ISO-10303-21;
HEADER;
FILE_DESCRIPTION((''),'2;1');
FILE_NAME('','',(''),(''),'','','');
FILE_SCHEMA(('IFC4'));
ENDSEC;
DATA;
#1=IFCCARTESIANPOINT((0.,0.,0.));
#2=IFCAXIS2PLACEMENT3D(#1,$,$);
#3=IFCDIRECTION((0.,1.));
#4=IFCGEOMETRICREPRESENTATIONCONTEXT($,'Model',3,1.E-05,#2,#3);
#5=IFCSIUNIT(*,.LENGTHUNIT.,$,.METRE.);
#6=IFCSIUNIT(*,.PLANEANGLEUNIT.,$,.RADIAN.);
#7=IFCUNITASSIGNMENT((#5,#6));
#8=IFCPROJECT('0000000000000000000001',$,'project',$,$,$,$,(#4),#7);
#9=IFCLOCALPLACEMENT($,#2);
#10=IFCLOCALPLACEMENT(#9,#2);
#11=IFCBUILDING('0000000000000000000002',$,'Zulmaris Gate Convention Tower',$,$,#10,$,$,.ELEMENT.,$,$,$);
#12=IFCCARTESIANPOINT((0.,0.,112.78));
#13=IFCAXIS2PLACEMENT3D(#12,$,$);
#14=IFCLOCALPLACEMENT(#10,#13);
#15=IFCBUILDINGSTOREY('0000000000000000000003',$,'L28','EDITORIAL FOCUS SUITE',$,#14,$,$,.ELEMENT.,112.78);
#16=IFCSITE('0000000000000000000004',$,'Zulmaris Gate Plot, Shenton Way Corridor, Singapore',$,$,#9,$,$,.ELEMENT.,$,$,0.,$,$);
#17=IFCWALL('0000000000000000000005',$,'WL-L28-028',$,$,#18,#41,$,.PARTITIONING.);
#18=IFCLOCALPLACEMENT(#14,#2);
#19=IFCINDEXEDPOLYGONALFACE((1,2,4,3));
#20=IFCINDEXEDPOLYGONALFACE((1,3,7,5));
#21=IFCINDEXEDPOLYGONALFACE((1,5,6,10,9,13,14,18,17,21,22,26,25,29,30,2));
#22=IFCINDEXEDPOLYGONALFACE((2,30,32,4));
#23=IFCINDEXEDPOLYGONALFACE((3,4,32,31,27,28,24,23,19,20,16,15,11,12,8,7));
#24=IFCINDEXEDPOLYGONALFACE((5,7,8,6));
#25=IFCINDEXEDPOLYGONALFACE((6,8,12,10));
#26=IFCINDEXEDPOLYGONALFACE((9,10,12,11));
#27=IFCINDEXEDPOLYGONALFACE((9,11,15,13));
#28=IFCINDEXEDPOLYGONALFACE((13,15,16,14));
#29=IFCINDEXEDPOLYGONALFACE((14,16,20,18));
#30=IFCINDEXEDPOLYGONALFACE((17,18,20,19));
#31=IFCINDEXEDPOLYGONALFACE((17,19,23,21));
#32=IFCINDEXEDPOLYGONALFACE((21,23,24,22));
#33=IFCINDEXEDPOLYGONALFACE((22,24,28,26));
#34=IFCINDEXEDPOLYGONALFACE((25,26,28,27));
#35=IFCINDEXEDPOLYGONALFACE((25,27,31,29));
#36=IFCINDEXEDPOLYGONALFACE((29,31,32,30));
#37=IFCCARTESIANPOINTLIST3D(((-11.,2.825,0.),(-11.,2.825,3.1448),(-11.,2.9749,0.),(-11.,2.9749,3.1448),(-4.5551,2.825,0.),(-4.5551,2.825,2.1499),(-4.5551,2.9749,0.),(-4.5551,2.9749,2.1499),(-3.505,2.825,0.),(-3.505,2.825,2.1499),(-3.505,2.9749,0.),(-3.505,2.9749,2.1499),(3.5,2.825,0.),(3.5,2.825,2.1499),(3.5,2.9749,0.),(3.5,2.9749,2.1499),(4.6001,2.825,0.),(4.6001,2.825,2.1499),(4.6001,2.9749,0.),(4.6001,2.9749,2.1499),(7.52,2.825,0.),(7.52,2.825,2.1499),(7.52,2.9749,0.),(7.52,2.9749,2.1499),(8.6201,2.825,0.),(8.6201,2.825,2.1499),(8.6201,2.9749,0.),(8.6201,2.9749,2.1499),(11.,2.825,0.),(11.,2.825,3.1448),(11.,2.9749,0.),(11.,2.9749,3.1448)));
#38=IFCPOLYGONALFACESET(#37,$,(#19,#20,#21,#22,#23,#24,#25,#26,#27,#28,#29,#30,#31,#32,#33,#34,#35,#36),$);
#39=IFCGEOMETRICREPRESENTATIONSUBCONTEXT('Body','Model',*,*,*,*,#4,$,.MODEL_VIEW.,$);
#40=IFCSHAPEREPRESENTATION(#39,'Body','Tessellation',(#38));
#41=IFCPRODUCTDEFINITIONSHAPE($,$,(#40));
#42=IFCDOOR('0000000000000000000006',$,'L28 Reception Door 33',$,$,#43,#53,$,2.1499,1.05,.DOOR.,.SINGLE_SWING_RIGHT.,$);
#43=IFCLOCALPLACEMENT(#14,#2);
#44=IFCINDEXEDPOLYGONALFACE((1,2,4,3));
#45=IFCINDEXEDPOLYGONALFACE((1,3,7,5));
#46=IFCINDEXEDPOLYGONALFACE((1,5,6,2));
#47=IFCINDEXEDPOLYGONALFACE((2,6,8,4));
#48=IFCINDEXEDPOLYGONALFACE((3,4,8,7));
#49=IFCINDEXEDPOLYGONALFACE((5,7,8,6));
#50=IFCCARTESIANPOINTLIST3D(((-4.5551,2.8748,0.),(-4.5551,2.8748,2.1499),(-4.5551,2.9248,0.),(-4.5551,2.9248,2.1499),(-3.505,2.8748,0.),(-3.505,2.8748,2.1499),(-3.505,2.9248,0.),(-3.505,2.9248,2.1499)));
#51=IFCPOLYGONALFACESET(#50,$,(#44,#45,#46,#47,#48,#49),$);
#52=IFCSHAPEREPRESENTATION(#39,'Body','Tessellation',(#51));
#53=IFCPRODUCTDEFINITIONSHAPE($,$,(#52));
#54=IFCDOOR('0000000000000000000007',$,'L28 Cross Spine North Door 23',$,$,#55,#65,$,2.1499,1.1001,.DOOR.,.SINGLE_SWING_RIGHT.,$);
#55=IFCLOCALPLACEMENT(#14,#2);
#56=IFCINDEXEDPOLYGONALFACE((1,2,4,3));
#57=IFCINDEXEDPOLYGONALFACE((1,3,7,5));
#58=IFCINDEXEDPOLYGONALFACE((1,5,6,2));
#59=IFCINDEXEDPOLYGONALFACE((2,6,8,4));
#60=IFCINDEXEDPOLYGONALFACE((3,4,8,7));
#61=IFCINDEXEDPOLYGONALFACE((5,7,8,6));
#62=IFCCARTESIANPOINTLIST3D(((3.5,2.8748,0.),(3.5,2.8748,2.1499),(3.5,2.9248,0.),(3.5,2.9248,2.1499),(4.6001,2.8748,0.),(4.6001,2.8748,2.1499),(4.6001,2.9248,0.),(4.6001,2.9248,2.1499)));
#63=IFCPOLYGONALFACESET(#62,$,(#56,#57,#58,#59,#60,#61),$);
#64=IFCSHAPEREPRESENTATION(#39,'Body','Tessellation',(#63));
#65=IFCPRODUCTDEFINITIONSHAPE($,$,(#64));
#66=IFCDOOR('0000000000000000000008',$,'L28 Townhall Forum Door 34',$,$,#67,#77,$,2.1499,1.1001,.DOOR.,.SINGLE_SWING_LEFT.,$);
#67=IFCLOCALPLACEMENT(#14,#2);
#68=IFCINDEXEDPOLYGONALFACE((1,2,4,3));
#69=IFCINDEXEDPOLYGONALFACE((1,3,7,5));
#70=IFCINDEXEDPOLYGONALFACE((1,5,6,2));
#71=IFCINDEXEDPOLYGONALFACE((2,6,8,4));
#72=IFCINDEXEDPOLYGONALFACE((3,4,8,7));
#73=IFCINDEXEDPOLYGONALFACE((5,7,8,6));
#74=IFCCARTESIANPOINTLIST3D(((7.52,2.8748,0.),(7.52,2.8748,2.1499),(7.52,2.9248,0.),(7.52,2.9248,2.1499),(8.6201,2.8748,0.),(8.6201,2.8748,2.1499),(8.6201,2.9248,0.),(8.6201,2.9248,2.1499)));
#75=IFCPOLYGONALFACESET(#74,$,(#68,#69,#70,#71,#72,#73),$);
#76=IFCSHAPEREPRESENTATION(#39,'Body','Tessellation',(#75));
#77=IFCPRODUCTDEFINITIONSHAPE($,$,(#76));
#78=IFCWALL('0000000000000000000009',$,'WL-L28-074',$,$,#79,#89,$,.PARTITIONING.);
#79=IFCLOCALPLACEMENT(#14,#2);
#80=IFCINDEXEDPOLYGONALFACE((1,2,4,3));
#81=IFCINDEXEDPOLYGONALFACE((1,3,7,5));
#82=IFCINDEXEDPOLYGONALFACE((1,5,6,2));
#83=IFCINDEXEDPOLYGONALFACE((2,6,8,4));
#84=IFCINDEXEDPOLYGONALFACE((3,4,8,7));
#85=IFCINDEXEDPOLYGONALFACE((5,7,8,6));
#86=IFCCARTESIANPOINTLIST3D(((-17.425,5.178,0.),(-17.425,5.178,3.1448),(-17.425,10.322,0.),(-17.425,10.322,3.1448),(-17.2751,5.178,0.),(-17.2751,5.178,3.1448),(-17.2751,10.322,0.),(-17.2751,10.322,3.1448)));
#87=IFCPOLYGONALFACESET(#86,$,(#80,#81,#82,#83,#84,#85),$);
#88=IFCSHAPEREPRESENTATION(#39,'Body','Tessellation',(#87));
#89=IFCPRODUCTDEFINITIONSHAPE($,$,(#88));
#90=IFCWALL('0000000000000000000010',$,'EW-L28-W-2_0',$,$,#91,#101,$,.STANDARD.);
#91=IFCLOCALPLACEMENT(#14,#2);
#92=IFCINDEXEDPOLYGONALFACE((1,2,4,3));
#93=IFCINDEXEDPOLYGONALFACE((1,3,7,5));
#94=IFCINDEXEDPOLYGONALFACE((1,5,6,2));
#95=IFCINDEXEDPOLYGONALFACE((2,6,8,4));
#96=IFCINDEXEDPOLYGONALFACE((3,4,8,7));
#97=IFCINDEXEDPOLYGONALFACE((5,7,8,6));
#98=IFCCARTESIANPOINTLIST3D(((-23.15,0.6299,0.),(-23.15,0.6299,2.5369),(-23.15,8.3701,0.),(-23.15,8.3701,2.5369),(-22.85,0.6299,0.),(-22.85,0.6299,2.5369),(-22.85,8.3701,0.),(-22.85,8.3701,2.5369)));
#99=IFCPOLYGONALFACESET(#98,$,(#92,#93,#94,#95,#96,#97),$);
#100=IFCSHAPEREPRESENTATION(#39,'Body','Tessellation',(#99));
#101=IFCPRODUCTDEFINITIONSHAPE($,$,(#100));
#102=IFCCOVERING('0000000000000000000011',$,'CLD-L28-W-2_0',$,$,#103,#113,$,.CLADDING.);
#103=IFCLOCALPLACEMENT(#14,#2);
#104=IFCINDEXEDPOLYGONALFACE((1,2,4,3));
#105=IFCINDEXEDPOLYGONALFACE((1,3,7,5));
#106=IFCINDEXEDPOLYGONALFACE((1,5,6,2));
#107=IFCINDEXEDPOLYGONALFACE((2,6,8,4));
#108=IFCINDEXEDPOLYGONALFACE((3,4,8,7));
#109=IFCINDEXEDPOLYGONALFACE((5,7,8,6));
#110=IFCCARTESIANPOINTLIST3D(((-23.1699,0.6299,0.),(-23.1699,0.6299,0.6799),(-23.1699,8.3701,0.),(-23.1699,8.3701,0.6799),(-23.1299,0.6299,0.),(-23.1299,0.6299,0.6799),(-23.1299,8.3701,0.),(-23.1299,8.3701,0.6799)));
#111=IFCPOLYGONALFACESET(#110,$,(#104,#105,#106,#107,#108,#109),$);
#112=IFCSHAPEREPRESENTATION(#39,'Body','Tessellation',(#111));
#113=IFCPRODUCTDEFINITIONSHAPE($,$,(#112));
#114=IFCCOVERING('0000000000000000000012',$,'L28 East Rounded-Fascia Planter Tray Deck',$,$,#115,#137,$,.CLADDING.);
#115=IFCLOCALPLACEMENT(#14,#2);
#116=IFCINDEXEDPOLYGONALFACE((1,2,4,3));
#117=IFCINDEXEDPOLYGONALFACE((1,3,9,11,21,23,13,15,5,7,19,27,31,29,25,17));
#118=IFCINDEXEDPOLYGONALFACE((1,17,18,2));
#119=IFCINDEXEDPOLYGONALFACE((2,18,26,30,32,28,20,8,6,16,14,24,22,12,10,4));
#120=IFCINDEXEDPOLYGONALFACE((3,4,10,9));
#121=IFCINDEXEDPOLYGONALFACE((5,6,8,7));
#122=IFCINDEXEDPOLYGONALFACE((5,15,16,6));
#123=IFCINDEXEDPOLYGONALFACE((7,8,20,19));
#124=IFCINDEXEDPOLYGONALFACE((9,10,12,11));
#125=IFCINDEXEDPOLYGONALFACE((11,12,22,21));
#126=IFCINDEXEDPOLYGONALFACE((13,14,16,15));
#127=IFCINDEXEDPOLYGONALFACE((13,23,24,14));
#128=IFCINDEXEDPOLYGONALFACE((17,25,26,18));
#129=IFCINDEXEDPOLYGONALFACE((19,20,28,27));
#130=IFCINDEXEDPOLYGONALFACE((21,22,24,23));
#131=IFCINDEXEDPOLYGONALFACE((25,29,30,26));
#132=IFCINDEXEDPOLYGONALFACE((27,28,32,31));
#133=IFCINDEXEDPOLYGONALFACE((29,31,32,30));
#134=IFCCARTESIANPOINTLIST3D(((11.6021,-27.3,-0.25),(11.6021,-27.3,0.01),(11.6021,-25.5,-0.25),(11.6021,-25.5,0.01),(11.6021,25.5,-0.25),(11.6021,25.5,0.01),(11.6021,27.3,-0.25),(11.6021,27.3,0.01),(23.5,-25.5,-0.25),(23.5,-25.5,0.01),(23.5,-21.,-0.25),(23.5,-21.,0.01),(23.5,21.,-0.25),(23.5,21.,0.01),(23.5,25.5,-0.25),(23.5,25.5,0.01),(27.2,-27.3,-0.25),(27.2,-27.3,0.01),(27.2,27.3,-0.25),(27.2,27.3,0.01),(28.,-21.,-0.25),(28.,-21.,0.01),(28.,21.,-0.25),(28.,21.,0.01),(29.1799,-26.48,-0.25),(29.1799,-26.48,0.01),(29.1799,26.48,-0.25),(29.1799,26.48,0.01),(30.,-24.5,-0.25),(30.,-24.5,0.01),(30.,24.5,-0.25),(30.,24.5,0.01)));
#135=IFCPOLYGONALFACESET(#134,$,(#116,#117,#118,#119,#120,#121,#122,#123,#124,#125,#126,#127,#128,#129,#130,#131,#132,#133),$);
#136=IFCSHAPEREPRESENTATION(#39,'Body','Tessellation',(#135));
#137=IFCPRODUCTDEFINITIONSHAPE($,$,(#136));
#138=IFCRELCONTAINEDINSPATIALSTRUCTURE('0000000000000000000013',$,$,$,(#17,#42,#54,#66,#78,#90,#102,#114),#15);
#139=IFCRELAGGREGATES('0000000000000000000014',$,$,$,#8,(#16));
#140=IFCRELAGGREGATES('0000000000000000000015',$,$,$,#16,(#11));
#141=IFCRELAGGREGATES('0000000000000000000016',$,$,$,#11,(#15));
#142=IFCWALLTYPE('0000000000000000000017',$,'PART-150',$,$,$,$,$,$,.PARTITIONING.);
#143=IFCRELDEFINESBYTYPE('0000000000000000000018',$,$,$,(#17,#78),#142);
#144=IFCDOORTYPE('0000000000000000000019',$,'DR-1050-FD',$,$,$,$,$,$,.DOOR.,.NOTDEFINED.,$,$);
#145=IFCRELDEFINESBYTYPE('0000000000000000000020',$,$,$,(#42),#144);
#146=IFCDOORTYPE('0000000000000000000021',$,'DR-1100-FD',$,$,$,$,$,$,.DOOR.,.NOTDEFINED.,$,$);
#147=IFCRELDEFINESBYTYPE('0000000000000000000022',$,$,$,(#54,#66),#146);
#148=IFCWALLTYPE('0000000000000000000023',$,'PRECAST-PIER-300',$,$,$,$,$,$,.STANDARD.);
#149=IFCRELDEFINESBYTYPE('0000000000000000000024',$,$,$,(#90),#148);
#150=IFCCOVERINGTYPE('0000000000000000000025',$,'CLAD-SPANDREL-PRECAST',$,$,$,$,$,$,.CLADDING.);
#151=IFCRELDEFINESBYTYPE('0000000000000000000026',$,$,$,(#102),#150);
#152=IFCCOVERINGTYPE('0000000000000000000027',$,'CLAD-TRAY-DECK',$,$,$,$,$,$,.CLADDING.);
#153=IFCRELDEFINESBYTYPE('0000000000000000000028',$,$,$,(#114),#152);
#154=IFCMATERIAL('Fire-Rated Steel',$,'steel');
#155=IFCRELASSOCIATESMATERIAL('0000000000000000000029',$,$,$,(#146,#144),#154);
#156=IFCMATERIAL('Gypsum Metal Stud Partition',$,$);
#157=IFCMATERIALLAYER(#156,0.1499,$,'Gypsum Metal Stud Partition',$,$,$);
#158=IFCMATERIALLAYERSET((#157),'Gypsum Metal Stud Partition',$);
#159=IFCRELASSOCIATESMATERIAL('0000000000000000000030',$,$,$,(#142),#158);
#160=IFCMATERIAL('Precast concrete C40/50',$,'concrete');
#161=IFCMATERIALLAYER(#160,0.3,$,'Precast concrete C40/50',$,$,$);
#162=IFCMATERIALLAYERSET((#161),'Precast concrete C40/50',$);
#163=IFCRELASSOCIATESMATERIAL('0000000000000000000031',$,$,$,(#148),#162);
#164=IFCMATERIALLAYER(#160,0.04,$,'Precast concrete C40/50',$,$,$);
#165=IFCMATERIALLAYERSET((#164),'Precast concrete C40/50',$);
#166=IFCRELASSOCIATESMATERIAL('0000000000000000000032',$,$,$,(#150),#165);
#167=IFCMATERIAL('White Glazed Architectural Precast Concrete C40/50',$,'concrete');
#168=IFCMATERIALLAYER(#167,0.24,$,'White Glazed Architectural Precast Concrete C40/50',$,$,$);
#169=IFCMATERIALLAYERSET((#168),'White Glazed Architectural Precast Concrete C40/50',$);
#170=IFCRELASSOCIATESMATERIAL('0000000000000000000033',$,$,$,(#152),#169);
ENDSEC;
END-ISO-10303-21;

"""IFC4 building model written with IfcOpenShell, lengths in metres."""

from ifc_helpers import new_model, si_unit, direction, frame, frame_2d, origin, place, context, subcontext, project, spatial, polyline, rectangle, outline, extrude, material, layer, layer_set, type_object, element, fill, save


model = new_model("IFC4")

# Units and contexts
model_context = context("Model", 3, precision=1e-05, world=origin(), true_north=direction((0.0, 1.0)))
body_context = subcontext(model_context, "Body", "Model", "MODEL_VIEW")
ifc_project = project(units=[si_unit("LENGTHUNIT", "METRE"), si_unit("PLANEANGLEUNIT", "RADIAN")], contexts=[model_context])

# Site, building, storey
site_placement = place(None, origin())
site = spatial("IfcSite", under=ifc_project, at=site_placement, Name="Zulmaris Gate Plot, Shenton Way Corridor, Singapore", CompositionType="ELEMENT", RefElevation=0.0)
building_placement = place(site_placement, origin())
building = spatial("IfcBuilding", under=site, at=building_placement, Name="Zulmaris Gate Convention Tower", CompositionType="ELEMENT")
storey_placement = place(building_placement, frame((0.0, 0.0, 112.78)))
storey = spatial("IfcBuildingStorey", under=building, at=storey_placement, Name="L28", Description="EDITORIAL FOCUS SUITE", CompositionType="ELEMENT", Elevation=112.78)

# Shared definitions
ifc_material_1 = material(Name="Fire-Rated Steel", Category="steel")
door_type_1 = type_object("IfcDoorType", Name="DR-1100-FD", OperationType="NOTDEFINED", PredefinedType="DOOR", material=ifc_material_1)

# Shared definitions
ifc_material_2 = material(Name="Gypsum Metal Stud Partition")
ifc_layer_1 = layer(ifc_material_2, 0.1499, Name="Gypsum Metal Stud Partition")
ifc_layer_set_1 = layer_set([ifc_layer_1], Name="Gypsum Metal Stud Partition")
wall_type_1 = type_object("IfcWallType", Name="PART-150", PredefinedType="PARTITIONING", material=ifc_layer_set_1)

# Wall, openings, doors
wall_1_placement = place(storey_placement, frame((-11.0, 2.8999, 0.0), z_axis=(0.0, 0.0, 1.0), x_axis=(1.0, 0.0, 0.0)))
wall_1 = element("IfcWall", 1, at=wall_1_placement, inside=storey, type_object=wall_type_1, Name="WL-L28-028", PredefinedType="PARTITIONING", context=body_context, shape_type="SweptSolid", body=[
    extrude(rectangle(XDim=22.0, YDim=0.1499, at=frame_2d((11.0, 0.0))), origin(), (0.0, 0.0, 1.0), 3.1448),
])
opening_1_placement = place(wall_1_placement, frame((14.5, 0.0, 0.0)))
opening_1 = element("IfcOpeningElement", 2, at=opening_1_placement, cuts=wall_1, PredefinedType="OPENING", context=body_context, shape_type="SweptSolid", body=[
    extrude(rectangle(XDim=1.1001, YDim=2.1499, at=frame_2d((0.55, 1.075))), frame((0.0, 0.085, 0.0), z_axis=(0.0, -1.0, 0.0), x_axis=(1.0, 0.0, 0.0)), (0.0, 0.0, 1.0), 0.1699),
])
opening_2_placement = place(wall_1_placement, frame((6.4451, 0.0, 0.0)))
opening_2 = element("IfcOpeningElement", 3, at=opening_2_placement, cuts=wall_1, PredefinedType="OPENING", context=body_context, shape_type="SweptSolid", body=[
    extrude(rectangle(XDim=1.05, YDim=2.1499, at=frame_2d((0.5249, 1.075))), frame((0.0, 0.085, 0.0), z_axis=(0.0, -1.0, 0.0), x_axis=(1.0, 0.0, 0.0)), (0.0, 0.0, 1.0), 0.1699),
])
opening_3_placement = place(wall_1_placement, frame((18.52, 0.0, 0.0)))
opening_3 = element("IfcOpeningElement", 4, at=opening_3_placement, cuts=wall_1, PredefinedType="OPENING", context=body_context, shape_type="SweptSolid", body=[
    extrude(rectangle(XDim=1.1001, YDim=2.1499, at=frame_2d((0.55, 1.075))), frame((0.0, 0.085, 0.0), z_axis=(0.0, -1.0, 0.0), x_axis=(1.0, 0.0, 0.0)), (0.0, 0.0, 1.0), 0.1699),
])
door_type_2 = type_object("IfcDoorType", Name="DR-1050-FD", OperationType="NOTDEFINED", PredefinedType="DOOR", material=ifc_material_1)
door_1_placement = place(opening_2_placement, origin())
door_1 = element("IfcDoor", 5, at=door_1_placement, inside=storey, type_object=door_type_2, Name="L28 Reception Door 33", OperationType="SINGLE_SWING_RIGHT", OverallHeight=2.1499, OverallWidth=1.05, PredefinedType="DOOR", context=body_context, shape_type="SweptSolid", body=[
    extrude(rectangle(XDim=1.05, YDim=2.1499, at=frame_2d((0.5249, 1.075))), frame((0.0, 0.0249, 0.0), z_axis=(0.0, -1.0, 0.0), x_axis=(1.0, 0.0, 0.0)), (0.0, 0.0, 1.0), 0.05),
])
fill(opening_2, door_1)
door_2_placement = place(opening_1_placement, origin())
door_2 = element("IfcDoor", 6, at=door_2_placement, inside=storey, type_object=door_type_1, Name="L28 Cross Spine North Door 23", OperationType="SINGLE_SWING_RIGHT", OverallHeight=2.1499, OverallWidth=1.1001, PredefinedType="DOOR", context=body_context, shape_type="SweptSolid", body=[
    extrude(rectangle(XDim=1.1001, YDim=2.1499, at=frame_2d((0.55, 1.075))), frame((0.0, 0.0249, 0.0), z_axis=(0.0, -1.0, 0.0), x_axis=(1.0, 0.0, 0.0)), (0.0, 0.0, 1.0), 0.05),
])
fill(opening_1, door_2)
door_3_placement = place(opening_3_placement, origin())
door_3 = element("IfcDoor", 7, at=door_3_placement, inside=storey, type_object=door_type_1, Name="L28 Townhall Forum Door 34", OperationType="SINGLE_SWING_LEFT", OverallHeight=2.1499, OverallWidth=1.1001, PredefinedType="DOOR", context=body_context, shape_type="SweptSolid", body=[
    extrude(rectangle(XDim=1.1001, YDim=2.1499, at=frame_2d((0.55, 1.075))), frame((0.0, 0.0249, 0.0), z_axis=(0.0, -1.0, 0.0), x_axis=(1.0, 0.0, 0.0)), (0.0, 0.0, 1.0), 0.05),
])
fill(opening_3, door_3)

# Walls
wall_2_placement = place(storey_placement, frame((-17.3501, 5.178, 0.0), z_axis=(0.0, 0.0, 1.0), x_axis=(0.0, 1.0, 0.0)))
element("IfcWall", 8, at=wall_2_placement, inside=storey, type_object=wall_type_1, Name="WL-L28-074", PredefinedType="PARTITIONING", context=body_context, shape_type="SweptSolid", body=[
    extrude(rectangle(XDim=5.144, YDim=0.1499, at=frame_2d((2.572, 0.0))), origin(), (0.0, 0.0, 1.0), 3.1448),
])
ifc_material_3 = material(Name="Precast concrete C40/50", Category="concrete")
ifc_layer_2 = layer(ifc_material_3, 0.3, Name="Precast concrete C40/50")
ifc_layer_set_2 = layer_set([ifc_layer_2], Name="Precast concrete C40/50")
wall_type_2 = type_object("IfcWallType", Name="PRECAST-PIER-300", PredefinedType="STANDARD", material=ifc_layer_set_2)
wall_3_placement = place(storey_placement, frame((-23.0, 8.3701, 0.0), z_axis=(0.0, 0.0, 1.0), x_axis=(0.0, -1.0, 0.0)))
element("IfcWall", 9, at=wall_3_placement, inside=storey, type_object=wall_type_2, Name="EW-L28-W-2_0", PredefinedType="STANDARD", context=body_context, shape_type="SweptSolid", body=[
    extrude(rectangle(XDim=7.7402, YDim=0.3, at=frame_2d((3.8701, 0.0))), origin(), (0.0, 0.0, 1.0), 2.5369),
])

# Coverings
ifc_layer_3 = layer(ifc_material_3, 0.04, Name="Precast concrete C40/50")
ifc_layer_set_3 = layer_set([ifc_layer_3], Name="Precast concrete C40/50")
covering_type_1 = type_object("IfcCoveringType", Name="CLAD-SPANDREL-PRECAST", PredefinedType="CLADDING", material=ifc_layer_set_3)
covering_1_placement = place(storey_placement, frame((-23.1499, 8.3701, 0.0), z_axis=(0.0, 0.0, 1.0), x_axis=(0.0, -1.0, 0.0)))
element("IfcCovering", 10, at=covering_1_placement, inside=storey, type_object=covering_type_1, Name="CLD-L28-W-2_0", PredefinedType="CLADDING", context=body_context, shape_type="SweptSolid", body=[
    extrude(rectangle(XDim=7.7402, YDim=0.04, at=frame_2d((3.8701, 0.0))), origin(), (0.0, 0.0, 1.0), 0.6799),
])
ifc_material_4 = material(Name="White Glazed Architectural Precast Concrete C40/50", Category="concrete")
ifc_layer_4 = layer(ifc_material_4, 0.24, Name="White Glazed Architectural Precast Concrete C40/50")
ifc_layer_set_4 = layer_set([ifc_layer_4], Name="White Glazed Architectural Precast Concrete C40/50")
covering_type_2 = type_object("IfcCoveringType", Name="CLAD-TRAY-DECK", PredefinedType="CLADDING", material=ifc_layer_set_4)
covering_2_placement = place(storey_placement, frame((0.0, 0.0, -0.25)))
element("IfcCovering", 11, at=covering_2_placement, inside=storey, type_object=covering_type_2, Name="L28 East Rounded-Fascia Planter Tray Deck", PredefinedType="CLADDING", context=body_context, shape_type="SweptSolid", body=[
    extrude(outline(polyline([(27.2, 27.3), (29.1799, 26.48), (30.0, 24.5), (30.0, -24.5), (29.1799, -26.48), (27.2, -27.3), (11.6021, -27.3), (11.6021, -25.5), (23.5, -25.5), (23.5, -21.0), (28.0, -21.0), (28.0, 21.0), (23.5, 21.0), (23.5, 25.5), (11.6021, 25.5), (11.6021, 27.3), (27.2, 27.3)])), origin(), (0.0, 0.0, 1.0), 0.26),
])

save(model, "model.ifc")
